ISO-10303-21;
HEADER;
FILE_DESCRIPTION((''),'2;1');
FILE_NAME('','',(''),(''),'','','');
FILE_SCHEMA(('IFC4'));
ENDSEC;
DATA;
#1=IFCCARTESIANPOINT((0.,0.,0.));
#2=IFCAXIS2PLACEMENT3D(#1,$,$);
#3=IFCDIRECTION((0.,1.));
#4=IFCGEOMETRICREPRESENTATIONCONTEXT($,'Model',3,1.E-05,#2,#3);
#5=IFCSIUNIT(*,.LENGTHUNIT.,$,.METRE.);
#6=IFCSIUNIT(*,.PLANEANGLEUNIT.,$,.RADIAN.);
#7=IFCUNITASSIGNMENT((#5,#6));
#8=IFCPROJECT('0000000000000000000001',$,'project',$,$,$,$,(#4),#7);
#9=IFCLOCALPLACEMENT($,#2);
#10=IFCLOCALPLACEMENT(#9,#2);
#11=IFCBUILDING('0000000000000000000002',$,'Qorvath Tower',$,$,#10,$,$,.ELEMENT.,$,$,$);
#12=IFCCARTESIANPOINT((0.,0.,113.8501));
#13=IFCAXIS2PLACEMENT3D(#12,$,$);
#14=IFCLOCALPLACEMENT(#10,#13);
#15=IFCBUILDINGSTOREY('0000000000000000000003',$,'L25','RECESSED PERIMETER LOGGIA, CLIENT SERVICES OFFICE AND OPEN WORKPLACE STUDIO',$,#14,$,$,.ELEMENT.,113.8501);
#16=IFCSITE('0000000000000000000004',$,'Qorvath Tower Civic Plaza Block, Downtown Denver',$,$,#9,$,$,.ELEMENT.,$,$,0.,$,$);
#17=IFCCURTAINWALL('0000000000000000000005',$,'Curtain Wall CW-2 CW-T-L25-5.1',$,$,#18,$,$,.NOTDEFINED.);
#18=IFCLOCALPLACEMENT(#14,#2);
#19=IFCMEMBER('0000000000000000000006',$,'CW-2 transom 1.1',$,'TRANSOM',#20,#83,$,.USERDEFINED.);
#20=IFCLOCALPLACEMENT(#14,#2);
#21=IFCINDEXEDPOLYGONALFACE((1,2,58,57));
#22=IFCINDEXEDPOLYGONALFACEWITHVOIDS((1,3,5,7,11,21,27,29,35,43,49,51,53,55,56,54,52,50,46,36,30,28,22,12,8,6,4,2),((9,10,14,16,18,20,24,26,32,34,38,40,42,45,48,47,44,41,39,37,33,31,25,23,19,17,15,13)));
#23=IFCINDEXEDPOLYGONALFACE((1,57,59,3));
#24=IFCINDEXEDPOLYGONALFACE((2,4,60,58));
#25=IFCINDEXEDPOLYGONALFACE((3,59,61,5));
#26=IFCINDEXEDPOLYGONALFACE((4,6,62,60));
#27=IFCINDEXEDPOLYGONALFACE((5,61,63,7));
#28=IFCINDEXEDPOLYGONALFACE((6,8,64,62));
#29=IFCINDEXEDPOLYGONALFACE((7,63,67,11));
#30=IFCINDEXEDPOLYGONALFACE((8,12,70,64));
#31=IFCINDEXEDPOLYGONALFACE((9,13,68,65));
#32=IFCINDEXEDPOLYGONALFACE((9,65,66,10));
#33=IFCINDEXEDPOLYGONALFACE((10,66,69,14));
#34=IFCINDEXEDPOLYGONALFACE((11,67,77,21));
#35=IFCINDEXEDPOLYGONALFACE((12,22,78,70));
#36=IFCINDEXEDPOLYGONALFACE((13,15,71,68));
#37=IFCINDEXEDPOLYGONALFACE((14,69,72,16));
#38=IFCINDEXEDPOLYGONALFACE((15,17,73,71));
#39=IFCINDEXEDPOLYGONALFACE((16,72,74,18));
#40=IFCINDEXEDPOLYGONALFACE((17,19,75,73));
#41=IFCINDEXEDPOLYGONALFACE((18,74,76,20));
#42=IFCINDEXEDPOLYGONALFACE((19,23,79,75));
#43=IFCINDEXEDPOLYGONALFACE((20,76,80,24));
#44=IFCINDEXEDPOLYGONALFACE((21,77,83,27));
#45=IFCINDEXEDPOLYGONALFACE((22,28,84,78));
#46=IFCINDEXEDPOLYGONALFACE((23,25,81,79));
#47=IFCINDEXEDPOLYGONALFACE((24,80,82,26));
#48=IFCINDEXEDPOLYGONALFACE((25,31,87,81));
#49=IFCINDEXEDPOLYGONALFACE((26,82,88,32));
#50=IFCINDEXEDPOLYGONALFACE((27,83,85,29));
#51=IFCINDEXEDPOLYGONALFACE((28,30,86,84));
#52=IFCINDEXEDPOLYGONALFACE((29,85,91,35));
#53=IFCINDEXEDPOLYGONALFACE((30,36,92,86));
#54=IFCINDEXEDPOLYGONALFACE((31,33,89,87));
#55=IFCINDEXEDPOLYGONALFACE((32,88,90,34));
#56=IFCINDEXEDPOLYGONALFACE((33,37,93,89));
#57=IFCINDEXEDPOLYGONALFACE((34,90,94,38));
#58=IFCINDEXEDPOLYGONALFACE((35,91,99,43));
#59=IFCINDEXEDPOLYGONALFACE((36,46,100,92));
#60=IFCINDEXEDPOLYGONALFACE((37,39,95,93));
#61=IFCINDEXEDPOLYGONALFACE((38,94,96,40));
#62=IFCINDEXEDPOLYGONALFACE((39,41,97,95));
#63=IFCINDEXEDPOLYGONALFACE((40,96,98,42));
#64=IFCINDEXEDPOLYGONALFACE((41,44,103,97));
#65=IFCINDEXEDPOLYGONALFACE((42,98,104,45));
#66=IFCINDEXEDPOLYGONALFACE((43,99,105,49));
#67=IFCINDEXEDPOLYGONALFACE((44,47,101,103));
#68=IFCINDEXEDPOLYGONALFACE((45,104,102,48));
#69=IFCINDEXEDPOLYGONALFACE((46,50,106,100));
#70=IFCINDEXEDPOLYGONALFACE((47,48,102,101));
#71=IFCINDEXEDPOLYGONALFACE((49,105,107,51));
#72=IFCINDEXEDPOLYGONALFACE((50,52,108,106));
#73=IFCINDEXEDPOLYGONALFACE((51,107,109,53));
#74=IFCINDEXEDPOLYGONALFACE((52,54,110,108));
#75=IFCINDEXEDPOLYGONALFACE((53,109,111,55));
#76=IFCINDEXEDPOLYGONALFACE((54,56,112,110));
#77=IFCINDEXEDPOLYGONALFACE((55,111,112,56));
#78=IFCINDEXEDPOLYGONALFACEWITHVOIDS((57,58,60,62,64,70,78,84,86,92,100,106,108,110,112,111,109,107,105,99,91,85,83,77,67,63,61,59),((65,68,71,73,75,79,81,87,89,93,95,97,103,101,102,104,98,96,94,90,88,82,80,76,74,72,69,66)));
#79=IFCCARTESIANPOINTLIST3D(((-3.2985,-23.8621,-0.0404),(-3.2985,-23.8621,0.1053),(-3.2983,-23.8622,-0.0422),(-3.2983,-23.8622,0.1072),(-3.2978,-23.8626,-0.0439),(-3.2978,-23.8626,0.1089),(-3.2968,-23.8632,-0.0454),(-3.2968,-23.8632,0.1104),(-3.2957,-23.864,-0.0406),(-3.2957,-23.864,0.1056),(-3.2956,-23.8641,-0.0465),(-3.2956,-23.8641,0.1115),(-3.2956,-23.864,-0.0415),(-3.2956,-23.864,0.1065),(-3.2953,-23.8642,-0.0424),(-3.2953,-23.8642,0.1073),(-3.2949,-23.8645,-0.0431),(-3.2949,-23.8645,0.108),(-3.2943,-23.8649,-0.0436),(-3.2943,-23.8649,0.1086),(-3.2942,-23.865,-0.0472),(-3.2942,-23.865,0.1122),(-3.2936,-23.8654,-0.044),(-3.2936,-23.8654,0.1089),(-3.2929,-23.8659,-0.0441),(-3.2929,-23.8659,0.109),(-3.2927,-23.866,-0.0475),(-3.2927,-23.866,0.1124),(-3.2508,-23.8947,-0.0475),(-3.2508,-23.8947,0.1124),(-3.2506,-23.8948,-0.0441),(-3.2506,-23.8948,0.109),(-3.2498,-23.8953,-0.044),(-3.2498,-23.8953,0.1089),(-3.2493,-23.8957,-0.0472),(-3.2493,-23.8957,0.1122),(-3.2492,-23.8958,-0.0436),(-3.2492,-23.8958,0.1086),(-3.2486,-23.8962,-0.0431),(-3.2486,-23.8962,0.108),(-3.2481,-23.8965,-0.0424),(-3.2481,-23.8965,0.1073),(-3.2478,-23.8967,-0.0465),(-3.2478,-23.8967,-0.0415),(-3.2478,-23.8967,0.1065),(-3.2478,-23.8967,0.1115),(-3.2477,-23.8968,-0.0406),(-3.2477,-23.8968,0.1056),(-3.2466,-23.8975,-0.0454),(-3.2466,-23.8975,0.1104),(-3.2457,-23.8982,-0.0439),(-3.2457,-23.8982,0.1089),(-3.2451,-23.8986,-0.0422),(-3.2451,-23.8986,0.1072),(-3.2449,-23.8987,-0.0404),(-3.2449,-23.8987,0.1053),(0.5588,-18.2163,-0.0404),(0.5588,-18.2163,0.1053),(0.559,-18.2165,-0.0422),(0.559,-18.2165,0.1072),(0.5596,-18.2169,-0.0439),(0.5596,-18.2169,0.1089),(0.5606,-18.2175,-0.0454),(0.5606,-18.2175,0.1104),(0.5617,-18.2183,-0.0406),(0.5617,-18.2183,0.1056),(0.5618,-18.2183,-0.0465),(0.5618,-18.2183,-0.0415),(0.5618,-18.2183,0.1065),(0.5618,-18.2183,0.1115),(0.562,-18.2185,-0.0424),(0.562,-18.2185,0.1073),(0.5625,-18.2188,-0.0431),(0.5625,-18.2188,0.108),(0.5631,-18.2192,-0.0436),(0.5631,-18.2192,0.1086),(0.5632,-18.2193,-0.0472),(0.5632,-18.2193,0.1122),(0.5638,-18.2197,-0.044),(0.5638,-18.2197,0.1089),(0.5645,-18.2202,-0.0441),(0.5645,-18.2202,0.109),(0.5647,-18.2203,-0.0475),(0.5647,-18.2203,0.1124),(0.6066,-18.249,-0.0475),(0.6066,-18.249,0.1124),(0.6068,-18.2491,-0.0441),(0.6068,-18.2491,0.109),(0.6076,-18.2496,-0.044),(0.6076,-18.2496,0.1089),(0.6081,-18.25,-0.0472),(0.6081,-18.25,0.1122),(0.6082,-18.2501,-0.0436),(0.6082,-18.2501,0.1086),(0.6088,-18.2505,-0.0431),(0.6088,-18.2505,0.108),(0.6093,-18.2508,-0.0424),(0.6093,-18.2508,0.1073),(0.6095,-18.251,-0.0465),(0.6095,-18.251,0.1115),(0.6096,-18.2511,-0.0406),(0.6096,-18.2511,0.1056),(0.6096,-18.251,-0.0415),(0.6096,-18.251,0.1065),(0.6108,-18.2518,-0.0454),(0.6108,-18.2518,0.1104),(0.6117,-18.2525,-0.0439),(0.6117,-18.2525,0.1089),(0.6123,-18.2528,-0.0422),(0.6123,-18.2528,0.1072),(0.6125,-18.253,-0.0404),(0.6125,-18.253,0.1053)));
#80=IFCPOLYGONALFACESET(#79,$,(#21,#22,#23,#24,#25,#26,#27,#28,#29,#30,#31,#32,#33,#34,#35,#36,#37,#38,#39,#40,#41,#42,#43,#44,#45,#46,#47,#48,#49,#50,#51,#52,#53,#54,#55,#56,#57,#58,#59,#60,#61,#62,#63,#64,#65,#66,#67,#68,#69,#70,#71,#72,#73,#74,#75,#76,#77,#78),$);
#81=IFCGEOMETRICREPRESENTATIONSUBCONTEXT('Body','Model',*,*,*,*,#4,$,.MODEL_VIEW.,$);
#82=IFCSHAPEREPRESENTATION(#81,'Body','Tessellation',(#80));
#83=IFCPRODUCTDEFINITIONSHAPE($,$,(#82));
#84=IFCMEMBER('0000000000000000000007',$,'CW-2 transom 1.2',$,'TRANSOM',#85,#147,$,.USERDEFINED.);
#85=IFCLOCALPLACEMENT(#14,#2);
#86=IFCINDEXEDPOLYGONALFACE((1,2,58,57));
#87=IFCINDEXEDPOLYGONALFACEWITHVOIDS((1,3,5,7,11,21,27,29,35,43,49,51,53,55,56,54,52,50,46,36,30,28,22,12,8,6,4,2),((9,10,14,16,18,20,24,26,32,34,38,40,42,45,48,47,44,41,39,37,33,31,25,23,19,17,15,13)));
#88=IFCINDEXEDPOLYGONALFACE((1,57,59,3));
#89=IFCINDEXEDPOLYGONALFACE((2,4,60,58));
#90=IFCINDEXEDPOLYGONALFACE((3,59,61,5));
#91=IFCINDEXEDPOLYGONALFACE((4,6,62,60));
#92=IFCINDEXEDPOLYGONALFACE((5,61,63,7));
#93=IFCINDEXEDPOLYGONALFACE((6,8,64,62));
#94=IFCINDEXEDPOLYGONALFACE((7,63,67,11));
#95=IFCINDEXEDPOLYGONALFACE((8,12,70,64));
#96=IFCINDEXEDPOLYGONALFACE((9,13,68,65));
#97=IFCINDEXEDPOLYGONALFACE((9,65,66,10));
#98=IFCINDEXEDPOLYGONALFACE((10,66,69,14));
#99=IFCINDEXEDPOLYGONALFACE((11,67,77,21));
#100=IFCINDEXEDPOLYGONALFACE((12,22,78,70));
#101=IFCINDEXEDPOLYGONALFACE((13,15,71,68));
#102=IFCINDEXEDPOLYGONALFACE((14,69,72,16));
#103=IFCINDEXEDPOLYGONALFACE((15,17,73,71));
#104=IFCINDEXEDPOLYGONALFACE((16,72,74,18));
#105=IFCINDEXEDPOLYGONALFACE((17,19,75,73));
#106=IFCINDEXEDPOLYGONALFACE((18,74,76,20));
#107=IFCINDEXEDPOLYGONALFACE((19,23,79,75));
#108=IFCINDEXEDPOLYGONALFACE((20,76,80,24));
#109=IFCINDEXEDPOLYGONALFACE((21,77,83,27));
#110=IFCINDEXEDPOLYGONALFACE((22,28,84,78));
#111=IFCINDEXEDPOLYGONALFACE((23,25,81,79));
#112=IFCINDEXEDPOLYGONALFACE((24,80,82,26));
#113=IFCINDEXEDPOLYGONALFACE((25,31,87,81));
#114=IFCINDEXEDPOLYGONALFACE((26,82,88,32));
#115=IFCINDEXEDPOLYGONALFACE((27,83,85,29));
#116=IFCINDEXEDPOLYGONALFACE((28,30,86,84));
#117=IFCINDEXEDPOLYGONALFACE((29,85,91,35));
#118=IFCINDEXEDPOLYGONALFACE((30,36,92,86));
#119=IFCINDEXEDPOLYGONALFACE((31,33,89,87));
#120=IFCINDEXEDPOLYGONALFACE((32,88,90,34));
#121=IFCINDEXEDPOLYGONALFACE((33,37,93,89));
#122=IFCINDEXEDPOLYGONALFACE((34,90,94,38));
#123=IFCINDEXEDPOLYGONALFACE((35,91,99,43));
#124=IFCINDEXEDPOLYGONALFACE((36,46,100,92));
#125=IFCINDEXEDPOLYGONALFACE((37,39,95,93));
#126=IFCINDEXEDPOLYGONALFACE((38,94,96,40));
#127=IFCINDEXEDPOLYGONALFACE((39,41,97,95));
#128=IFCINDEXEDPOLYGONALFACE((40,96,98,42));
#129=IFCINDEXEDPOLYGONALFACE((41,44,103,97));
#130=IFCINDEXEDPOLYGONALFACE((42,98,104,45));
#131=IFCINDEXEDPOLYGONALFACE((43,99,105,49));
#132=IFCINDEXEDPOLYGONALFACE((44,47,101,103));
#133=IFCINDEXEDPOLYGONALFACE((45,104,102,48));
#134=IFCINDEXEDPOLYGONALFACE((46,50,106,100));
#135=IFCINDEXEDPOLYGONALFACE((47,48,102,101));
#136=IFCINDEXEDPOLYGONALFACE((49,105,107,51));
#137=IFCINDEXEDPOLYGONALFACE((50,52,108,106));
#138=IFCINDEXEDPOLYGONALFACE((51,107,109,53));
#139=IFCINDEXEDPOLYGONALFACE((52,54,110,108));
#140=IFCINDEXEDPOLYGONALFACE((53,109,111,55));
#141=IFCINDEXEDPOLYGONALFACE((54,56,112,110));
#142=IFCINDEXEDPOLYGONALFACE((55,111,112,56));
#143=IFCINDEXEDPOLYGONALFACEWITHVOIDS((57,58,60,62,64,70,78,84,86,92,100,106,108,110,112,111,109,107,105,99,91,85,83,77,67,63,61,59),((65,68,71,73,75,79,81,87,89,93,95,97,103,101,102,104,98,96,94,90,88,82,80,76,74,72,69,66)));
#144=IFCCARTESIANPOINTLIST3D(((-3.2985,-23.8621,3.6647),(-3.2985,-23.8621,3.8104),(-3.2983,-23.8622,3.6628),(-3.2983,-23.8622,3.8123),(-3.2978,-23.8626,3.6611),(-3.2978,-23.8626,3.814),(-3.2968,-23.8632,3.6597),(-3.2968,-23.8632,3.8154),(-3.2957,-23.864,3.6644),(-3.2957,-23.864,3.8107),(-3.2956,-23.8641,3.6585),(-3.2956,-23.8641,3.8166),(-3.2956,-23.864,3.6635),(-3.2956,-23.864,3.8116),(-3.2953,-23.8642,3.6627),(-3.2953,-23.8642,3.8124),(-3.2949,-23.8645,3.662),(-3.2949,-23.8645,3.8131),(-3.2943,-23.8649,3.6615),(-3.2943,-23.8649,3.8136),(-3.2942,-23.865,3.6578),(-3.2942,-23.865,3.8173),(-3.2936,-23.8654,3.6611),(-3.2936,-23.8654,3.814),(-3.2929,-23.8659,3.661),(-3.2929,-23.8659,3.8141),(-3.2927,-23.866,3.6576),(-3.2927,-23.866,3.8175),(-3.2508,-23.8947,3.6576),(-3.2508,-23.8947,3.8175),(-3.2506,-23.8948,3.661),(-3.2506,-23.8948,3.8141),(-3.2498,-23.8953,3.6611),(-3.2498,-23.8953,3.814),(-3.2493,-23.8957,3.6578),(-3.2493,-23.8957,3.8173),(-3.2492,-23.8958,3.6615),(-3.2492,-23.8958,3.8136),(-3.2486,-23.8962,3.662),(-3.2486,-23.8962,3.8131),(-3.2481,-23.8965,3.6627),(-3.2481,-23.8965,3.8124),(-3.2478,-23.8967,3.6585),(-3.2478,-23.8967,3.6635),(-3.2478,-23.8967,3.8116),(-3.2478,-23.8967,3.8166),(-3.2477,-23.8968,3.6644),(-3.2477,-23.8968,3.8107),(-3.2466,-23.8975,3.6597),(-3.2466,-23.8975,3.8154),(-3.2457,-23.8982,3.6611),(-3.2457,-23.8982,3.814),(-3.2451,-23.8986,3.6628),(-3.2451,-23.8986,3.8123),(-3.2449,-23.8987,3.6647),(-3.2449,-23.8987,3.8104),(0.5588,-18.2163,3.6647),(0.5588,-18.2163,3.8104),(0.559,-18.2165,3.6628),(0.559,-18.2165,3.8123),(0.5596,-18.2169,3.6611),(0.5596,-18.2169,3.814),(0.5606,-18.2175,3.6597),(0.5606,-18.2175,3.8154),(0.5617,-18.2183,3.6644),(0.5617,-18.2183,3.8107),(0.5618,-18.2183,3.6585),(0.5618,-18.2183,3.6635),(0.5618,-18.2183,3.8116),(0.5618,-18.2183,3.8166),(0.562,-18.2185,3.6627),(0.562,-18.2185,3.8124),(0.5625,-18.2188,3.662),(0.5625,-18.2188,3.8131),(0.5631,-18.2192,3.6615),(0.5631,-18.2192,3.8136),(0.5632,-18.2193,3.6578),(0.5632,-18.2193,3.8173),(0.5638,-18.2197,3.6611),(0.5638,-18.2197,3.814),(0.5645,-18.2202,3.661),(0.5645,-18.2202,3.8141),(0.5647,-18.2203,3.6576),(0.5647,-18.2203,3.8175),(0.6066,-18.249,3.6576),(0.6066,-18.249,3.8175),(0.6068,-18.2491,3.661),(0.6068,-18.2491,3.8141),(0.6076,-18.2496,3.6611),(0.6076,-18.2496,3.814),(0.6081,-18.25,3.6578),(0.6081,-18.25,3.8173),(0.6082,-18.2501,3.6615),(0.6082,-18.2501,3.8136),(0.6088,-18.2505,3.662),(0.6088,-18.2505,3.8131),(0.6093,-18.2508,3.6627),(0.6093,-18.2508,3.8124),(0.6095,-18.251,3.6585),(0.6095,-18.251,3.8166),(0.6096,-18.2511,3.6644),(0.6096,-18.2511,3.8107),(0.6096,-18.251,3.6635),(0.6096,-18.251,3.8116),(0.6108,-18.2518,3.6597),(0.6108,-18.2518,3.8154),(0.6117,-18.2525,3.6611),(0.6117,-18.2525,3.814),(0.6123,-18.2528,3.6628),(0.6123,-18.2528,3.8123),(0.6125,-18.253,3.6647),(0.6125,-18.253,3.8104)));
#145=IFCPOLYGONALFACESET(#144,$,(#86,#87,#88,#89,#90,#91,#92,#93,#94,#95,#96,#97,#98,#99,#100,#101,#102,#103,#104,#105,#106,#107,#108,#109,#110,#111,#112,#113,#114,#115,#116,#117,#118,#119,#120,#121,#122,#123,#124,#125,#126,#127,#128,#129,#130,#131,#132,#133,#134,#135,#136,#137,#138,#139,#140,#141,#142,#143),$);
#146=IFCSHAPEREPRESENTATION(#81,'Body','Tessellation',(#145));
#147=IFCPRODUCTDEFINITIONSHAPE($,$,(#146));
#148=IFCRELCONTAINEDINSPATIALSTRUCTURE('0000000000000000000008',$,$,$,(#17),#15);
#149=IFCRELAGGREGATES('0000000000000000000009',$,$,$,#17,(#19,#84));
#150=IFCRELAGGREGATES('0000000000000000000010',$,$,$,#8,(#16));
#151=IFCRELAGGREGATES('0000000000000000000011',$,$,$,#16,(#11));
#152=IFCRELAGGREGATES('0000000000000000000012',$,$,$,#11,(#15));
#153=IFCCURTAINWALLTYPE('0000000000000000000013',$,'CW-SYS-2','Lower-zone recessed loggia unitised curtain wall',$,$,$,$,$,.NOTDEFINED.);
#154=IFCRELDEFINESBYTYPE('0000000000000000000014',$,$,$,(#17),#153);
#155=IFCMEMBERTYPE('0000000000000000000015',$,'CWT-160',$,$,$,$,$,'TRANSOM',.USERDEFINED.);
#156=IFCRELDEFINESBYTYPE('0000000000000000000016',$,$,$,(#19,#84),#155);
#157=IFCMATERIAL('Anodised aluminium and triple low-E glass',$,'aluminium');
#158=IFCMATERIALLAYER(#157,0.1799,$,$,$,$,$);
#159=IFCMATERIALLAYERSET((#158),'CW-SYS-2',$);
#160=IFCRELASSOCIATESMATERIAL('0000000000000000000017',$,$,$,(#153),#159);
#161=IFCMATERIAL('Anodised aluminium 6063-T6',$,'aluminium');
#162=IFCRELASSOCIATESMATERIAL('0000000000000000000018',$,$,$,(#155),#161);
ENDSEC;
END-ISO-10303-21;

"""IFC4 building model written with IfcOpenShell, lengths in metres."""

from ifc_helpers import new_model, si_unit, direction, frame, origin, origin_2d, place, context, subcontext, project, spatial, hollow_rectangle, extrude, material, layer, layer_set, material_profile, profile_set, type_object, element, aggregate, save


model = new_model("IFC4")

# Units and contexts
model_context = context("Model", 3, precision=1e-05, world=origin(), true_north=direction((0.0, 1.0)))
body_context = subcontext(model_context, "Body", "Model", "MODEL_VIEW")
ifc_project = project(units=[si_unit("LENGTHUNIT", "METRE"), si_unit("PLANEANGLEUNIT", "RADIAN")], contexts=[model_context])

# Site, building, storey
site_placement = place(None, origin())
site = spatial("IfcSite", under=ifc_project, at=site_placement, Name="Qorvath Tower Civic Plaza Block, Downtown Denver", CompositionType="ELEMENT", RefElevation=0.0)
building_placement = place(site_placement, origin())
building = spatial("IfcBuilding", under=site, at=building_placement, Name="Qorvath Tower", CompositionType="ELEMENT")
storey_placement = place(building_placement, frame((0.0, 0.0, 113.8501)))
storey = spatial("IfcBuildingStorey", under=building, at=storey_placement, Name="L25", Description="RECESSED PERIMETER LOGGIA, CLIENT SERVICES OFFICE AND OPEN WORKPLACE STUDIO", CompositionType="ELEMENT", Elevation=113.8501)

# Curtain wall
ifc_material_1 = material(Name="Anodised aluminium and triple low-E glass", Category="aluminium")
ifc_layer_1 = layer(ifc_material_1, 0.1799)
ifc_layer_set_1 = layer_set([ifc_layer_1], Name="CW-SYS-2")
curtain_wall_type = type_object("IfcCurtainWallType", Name="CW-SYS-2", Description="Lower-zone recessed loggia unitised curtain wall", PredefinedType="NOTDEFINED", material=ifc_layer_set_1)
curtain_wall_1_placement = place(storey_placement, origin())
curtain_wall_1 = element("IfcCurtainWall", 1, at=curtain_wall_1_placement, inside=storey, type_object=curtain_wall_type, Name="Curtain Wall CW-2 CW-T-L25-5.1", PredefinedType="NOTDEFINED")

# Members
ifc_material_2 = material(Name="Anodised aluminium 6063-T6", Category="aluminium")
ifc_material_profile_1 = material_profile(ifc_material_2, hollow_rectangle(XDim=0.0649, YDim=0.1599, WallThickness=0.0034, InnerFilletRadius=0.0034, OuterFilletRadius=0.0071, at=origin_2d()), Name="CWT 160x65")
ifc_profile_set_1 = profile_set([ifc_material_profile_1], Name="Anodised aluminium 6063-T6")
member_type_1 = type_object("IfcMemberType", Name="CWT-160", ElementType="TRANSOM", PredefinedType="USERDEFINED", material=ifc_profile_set_1)
member_1_placement = place(storey_placement, frame((-3.2717, -23.8804, 0.0325), z_axis=(0.56414, 0.825679, 0.0), x_axis=(-0.825679, 0.56414, 0.0)))
member_1 = element("IfcMember", 2, at=member_1_placement, type_object=member_type_1, Name="CW-2 transom 1.1", ObjectType="TRANSOM", PredefinedType="USERDEFINED", context=body_context, shape_type="SweptSolid", body=[
    extrude(hollow_rectangle(XDim=0.0649, YDim=0.1599, WallThickness=0.0034, InnerFilletRadius=0.0034, OuterFilletRadius=0.0071, at=origin_2d()), origin(), (0.0, 0.0, 1.0), 6.8376),
])
member_2_placement = place(storey_placement, frame((-3.2717, -23.8804, 3.7375), z_axis=(0.56414, 0.825679, 0.0), x_axis=(-0.825679, 0.56414, 0.0)))
member_2 = element("IfcMember", 3, at=member_2_placement, type_object=member_type_1, Name="CW-2 transom 1.2", ObjectType="TRANSOM", PredefinedType="USERDEFINED", context=body_context, shape_type="SweptSolid", body=[
    extrude(hollow_rectangle(XDim=0.0649, YDim=0.1599, WallThickness=0.0034, InnerFilletRadius=0.0034, OuterFilletRadius=0.0071, at=origin_2d()), origin(), (0.0, 0.0, 1.0), 6.8376),
])

aggregate(curtain_wall_1, [member_1, member_2])

save(model, "model.ifc")
